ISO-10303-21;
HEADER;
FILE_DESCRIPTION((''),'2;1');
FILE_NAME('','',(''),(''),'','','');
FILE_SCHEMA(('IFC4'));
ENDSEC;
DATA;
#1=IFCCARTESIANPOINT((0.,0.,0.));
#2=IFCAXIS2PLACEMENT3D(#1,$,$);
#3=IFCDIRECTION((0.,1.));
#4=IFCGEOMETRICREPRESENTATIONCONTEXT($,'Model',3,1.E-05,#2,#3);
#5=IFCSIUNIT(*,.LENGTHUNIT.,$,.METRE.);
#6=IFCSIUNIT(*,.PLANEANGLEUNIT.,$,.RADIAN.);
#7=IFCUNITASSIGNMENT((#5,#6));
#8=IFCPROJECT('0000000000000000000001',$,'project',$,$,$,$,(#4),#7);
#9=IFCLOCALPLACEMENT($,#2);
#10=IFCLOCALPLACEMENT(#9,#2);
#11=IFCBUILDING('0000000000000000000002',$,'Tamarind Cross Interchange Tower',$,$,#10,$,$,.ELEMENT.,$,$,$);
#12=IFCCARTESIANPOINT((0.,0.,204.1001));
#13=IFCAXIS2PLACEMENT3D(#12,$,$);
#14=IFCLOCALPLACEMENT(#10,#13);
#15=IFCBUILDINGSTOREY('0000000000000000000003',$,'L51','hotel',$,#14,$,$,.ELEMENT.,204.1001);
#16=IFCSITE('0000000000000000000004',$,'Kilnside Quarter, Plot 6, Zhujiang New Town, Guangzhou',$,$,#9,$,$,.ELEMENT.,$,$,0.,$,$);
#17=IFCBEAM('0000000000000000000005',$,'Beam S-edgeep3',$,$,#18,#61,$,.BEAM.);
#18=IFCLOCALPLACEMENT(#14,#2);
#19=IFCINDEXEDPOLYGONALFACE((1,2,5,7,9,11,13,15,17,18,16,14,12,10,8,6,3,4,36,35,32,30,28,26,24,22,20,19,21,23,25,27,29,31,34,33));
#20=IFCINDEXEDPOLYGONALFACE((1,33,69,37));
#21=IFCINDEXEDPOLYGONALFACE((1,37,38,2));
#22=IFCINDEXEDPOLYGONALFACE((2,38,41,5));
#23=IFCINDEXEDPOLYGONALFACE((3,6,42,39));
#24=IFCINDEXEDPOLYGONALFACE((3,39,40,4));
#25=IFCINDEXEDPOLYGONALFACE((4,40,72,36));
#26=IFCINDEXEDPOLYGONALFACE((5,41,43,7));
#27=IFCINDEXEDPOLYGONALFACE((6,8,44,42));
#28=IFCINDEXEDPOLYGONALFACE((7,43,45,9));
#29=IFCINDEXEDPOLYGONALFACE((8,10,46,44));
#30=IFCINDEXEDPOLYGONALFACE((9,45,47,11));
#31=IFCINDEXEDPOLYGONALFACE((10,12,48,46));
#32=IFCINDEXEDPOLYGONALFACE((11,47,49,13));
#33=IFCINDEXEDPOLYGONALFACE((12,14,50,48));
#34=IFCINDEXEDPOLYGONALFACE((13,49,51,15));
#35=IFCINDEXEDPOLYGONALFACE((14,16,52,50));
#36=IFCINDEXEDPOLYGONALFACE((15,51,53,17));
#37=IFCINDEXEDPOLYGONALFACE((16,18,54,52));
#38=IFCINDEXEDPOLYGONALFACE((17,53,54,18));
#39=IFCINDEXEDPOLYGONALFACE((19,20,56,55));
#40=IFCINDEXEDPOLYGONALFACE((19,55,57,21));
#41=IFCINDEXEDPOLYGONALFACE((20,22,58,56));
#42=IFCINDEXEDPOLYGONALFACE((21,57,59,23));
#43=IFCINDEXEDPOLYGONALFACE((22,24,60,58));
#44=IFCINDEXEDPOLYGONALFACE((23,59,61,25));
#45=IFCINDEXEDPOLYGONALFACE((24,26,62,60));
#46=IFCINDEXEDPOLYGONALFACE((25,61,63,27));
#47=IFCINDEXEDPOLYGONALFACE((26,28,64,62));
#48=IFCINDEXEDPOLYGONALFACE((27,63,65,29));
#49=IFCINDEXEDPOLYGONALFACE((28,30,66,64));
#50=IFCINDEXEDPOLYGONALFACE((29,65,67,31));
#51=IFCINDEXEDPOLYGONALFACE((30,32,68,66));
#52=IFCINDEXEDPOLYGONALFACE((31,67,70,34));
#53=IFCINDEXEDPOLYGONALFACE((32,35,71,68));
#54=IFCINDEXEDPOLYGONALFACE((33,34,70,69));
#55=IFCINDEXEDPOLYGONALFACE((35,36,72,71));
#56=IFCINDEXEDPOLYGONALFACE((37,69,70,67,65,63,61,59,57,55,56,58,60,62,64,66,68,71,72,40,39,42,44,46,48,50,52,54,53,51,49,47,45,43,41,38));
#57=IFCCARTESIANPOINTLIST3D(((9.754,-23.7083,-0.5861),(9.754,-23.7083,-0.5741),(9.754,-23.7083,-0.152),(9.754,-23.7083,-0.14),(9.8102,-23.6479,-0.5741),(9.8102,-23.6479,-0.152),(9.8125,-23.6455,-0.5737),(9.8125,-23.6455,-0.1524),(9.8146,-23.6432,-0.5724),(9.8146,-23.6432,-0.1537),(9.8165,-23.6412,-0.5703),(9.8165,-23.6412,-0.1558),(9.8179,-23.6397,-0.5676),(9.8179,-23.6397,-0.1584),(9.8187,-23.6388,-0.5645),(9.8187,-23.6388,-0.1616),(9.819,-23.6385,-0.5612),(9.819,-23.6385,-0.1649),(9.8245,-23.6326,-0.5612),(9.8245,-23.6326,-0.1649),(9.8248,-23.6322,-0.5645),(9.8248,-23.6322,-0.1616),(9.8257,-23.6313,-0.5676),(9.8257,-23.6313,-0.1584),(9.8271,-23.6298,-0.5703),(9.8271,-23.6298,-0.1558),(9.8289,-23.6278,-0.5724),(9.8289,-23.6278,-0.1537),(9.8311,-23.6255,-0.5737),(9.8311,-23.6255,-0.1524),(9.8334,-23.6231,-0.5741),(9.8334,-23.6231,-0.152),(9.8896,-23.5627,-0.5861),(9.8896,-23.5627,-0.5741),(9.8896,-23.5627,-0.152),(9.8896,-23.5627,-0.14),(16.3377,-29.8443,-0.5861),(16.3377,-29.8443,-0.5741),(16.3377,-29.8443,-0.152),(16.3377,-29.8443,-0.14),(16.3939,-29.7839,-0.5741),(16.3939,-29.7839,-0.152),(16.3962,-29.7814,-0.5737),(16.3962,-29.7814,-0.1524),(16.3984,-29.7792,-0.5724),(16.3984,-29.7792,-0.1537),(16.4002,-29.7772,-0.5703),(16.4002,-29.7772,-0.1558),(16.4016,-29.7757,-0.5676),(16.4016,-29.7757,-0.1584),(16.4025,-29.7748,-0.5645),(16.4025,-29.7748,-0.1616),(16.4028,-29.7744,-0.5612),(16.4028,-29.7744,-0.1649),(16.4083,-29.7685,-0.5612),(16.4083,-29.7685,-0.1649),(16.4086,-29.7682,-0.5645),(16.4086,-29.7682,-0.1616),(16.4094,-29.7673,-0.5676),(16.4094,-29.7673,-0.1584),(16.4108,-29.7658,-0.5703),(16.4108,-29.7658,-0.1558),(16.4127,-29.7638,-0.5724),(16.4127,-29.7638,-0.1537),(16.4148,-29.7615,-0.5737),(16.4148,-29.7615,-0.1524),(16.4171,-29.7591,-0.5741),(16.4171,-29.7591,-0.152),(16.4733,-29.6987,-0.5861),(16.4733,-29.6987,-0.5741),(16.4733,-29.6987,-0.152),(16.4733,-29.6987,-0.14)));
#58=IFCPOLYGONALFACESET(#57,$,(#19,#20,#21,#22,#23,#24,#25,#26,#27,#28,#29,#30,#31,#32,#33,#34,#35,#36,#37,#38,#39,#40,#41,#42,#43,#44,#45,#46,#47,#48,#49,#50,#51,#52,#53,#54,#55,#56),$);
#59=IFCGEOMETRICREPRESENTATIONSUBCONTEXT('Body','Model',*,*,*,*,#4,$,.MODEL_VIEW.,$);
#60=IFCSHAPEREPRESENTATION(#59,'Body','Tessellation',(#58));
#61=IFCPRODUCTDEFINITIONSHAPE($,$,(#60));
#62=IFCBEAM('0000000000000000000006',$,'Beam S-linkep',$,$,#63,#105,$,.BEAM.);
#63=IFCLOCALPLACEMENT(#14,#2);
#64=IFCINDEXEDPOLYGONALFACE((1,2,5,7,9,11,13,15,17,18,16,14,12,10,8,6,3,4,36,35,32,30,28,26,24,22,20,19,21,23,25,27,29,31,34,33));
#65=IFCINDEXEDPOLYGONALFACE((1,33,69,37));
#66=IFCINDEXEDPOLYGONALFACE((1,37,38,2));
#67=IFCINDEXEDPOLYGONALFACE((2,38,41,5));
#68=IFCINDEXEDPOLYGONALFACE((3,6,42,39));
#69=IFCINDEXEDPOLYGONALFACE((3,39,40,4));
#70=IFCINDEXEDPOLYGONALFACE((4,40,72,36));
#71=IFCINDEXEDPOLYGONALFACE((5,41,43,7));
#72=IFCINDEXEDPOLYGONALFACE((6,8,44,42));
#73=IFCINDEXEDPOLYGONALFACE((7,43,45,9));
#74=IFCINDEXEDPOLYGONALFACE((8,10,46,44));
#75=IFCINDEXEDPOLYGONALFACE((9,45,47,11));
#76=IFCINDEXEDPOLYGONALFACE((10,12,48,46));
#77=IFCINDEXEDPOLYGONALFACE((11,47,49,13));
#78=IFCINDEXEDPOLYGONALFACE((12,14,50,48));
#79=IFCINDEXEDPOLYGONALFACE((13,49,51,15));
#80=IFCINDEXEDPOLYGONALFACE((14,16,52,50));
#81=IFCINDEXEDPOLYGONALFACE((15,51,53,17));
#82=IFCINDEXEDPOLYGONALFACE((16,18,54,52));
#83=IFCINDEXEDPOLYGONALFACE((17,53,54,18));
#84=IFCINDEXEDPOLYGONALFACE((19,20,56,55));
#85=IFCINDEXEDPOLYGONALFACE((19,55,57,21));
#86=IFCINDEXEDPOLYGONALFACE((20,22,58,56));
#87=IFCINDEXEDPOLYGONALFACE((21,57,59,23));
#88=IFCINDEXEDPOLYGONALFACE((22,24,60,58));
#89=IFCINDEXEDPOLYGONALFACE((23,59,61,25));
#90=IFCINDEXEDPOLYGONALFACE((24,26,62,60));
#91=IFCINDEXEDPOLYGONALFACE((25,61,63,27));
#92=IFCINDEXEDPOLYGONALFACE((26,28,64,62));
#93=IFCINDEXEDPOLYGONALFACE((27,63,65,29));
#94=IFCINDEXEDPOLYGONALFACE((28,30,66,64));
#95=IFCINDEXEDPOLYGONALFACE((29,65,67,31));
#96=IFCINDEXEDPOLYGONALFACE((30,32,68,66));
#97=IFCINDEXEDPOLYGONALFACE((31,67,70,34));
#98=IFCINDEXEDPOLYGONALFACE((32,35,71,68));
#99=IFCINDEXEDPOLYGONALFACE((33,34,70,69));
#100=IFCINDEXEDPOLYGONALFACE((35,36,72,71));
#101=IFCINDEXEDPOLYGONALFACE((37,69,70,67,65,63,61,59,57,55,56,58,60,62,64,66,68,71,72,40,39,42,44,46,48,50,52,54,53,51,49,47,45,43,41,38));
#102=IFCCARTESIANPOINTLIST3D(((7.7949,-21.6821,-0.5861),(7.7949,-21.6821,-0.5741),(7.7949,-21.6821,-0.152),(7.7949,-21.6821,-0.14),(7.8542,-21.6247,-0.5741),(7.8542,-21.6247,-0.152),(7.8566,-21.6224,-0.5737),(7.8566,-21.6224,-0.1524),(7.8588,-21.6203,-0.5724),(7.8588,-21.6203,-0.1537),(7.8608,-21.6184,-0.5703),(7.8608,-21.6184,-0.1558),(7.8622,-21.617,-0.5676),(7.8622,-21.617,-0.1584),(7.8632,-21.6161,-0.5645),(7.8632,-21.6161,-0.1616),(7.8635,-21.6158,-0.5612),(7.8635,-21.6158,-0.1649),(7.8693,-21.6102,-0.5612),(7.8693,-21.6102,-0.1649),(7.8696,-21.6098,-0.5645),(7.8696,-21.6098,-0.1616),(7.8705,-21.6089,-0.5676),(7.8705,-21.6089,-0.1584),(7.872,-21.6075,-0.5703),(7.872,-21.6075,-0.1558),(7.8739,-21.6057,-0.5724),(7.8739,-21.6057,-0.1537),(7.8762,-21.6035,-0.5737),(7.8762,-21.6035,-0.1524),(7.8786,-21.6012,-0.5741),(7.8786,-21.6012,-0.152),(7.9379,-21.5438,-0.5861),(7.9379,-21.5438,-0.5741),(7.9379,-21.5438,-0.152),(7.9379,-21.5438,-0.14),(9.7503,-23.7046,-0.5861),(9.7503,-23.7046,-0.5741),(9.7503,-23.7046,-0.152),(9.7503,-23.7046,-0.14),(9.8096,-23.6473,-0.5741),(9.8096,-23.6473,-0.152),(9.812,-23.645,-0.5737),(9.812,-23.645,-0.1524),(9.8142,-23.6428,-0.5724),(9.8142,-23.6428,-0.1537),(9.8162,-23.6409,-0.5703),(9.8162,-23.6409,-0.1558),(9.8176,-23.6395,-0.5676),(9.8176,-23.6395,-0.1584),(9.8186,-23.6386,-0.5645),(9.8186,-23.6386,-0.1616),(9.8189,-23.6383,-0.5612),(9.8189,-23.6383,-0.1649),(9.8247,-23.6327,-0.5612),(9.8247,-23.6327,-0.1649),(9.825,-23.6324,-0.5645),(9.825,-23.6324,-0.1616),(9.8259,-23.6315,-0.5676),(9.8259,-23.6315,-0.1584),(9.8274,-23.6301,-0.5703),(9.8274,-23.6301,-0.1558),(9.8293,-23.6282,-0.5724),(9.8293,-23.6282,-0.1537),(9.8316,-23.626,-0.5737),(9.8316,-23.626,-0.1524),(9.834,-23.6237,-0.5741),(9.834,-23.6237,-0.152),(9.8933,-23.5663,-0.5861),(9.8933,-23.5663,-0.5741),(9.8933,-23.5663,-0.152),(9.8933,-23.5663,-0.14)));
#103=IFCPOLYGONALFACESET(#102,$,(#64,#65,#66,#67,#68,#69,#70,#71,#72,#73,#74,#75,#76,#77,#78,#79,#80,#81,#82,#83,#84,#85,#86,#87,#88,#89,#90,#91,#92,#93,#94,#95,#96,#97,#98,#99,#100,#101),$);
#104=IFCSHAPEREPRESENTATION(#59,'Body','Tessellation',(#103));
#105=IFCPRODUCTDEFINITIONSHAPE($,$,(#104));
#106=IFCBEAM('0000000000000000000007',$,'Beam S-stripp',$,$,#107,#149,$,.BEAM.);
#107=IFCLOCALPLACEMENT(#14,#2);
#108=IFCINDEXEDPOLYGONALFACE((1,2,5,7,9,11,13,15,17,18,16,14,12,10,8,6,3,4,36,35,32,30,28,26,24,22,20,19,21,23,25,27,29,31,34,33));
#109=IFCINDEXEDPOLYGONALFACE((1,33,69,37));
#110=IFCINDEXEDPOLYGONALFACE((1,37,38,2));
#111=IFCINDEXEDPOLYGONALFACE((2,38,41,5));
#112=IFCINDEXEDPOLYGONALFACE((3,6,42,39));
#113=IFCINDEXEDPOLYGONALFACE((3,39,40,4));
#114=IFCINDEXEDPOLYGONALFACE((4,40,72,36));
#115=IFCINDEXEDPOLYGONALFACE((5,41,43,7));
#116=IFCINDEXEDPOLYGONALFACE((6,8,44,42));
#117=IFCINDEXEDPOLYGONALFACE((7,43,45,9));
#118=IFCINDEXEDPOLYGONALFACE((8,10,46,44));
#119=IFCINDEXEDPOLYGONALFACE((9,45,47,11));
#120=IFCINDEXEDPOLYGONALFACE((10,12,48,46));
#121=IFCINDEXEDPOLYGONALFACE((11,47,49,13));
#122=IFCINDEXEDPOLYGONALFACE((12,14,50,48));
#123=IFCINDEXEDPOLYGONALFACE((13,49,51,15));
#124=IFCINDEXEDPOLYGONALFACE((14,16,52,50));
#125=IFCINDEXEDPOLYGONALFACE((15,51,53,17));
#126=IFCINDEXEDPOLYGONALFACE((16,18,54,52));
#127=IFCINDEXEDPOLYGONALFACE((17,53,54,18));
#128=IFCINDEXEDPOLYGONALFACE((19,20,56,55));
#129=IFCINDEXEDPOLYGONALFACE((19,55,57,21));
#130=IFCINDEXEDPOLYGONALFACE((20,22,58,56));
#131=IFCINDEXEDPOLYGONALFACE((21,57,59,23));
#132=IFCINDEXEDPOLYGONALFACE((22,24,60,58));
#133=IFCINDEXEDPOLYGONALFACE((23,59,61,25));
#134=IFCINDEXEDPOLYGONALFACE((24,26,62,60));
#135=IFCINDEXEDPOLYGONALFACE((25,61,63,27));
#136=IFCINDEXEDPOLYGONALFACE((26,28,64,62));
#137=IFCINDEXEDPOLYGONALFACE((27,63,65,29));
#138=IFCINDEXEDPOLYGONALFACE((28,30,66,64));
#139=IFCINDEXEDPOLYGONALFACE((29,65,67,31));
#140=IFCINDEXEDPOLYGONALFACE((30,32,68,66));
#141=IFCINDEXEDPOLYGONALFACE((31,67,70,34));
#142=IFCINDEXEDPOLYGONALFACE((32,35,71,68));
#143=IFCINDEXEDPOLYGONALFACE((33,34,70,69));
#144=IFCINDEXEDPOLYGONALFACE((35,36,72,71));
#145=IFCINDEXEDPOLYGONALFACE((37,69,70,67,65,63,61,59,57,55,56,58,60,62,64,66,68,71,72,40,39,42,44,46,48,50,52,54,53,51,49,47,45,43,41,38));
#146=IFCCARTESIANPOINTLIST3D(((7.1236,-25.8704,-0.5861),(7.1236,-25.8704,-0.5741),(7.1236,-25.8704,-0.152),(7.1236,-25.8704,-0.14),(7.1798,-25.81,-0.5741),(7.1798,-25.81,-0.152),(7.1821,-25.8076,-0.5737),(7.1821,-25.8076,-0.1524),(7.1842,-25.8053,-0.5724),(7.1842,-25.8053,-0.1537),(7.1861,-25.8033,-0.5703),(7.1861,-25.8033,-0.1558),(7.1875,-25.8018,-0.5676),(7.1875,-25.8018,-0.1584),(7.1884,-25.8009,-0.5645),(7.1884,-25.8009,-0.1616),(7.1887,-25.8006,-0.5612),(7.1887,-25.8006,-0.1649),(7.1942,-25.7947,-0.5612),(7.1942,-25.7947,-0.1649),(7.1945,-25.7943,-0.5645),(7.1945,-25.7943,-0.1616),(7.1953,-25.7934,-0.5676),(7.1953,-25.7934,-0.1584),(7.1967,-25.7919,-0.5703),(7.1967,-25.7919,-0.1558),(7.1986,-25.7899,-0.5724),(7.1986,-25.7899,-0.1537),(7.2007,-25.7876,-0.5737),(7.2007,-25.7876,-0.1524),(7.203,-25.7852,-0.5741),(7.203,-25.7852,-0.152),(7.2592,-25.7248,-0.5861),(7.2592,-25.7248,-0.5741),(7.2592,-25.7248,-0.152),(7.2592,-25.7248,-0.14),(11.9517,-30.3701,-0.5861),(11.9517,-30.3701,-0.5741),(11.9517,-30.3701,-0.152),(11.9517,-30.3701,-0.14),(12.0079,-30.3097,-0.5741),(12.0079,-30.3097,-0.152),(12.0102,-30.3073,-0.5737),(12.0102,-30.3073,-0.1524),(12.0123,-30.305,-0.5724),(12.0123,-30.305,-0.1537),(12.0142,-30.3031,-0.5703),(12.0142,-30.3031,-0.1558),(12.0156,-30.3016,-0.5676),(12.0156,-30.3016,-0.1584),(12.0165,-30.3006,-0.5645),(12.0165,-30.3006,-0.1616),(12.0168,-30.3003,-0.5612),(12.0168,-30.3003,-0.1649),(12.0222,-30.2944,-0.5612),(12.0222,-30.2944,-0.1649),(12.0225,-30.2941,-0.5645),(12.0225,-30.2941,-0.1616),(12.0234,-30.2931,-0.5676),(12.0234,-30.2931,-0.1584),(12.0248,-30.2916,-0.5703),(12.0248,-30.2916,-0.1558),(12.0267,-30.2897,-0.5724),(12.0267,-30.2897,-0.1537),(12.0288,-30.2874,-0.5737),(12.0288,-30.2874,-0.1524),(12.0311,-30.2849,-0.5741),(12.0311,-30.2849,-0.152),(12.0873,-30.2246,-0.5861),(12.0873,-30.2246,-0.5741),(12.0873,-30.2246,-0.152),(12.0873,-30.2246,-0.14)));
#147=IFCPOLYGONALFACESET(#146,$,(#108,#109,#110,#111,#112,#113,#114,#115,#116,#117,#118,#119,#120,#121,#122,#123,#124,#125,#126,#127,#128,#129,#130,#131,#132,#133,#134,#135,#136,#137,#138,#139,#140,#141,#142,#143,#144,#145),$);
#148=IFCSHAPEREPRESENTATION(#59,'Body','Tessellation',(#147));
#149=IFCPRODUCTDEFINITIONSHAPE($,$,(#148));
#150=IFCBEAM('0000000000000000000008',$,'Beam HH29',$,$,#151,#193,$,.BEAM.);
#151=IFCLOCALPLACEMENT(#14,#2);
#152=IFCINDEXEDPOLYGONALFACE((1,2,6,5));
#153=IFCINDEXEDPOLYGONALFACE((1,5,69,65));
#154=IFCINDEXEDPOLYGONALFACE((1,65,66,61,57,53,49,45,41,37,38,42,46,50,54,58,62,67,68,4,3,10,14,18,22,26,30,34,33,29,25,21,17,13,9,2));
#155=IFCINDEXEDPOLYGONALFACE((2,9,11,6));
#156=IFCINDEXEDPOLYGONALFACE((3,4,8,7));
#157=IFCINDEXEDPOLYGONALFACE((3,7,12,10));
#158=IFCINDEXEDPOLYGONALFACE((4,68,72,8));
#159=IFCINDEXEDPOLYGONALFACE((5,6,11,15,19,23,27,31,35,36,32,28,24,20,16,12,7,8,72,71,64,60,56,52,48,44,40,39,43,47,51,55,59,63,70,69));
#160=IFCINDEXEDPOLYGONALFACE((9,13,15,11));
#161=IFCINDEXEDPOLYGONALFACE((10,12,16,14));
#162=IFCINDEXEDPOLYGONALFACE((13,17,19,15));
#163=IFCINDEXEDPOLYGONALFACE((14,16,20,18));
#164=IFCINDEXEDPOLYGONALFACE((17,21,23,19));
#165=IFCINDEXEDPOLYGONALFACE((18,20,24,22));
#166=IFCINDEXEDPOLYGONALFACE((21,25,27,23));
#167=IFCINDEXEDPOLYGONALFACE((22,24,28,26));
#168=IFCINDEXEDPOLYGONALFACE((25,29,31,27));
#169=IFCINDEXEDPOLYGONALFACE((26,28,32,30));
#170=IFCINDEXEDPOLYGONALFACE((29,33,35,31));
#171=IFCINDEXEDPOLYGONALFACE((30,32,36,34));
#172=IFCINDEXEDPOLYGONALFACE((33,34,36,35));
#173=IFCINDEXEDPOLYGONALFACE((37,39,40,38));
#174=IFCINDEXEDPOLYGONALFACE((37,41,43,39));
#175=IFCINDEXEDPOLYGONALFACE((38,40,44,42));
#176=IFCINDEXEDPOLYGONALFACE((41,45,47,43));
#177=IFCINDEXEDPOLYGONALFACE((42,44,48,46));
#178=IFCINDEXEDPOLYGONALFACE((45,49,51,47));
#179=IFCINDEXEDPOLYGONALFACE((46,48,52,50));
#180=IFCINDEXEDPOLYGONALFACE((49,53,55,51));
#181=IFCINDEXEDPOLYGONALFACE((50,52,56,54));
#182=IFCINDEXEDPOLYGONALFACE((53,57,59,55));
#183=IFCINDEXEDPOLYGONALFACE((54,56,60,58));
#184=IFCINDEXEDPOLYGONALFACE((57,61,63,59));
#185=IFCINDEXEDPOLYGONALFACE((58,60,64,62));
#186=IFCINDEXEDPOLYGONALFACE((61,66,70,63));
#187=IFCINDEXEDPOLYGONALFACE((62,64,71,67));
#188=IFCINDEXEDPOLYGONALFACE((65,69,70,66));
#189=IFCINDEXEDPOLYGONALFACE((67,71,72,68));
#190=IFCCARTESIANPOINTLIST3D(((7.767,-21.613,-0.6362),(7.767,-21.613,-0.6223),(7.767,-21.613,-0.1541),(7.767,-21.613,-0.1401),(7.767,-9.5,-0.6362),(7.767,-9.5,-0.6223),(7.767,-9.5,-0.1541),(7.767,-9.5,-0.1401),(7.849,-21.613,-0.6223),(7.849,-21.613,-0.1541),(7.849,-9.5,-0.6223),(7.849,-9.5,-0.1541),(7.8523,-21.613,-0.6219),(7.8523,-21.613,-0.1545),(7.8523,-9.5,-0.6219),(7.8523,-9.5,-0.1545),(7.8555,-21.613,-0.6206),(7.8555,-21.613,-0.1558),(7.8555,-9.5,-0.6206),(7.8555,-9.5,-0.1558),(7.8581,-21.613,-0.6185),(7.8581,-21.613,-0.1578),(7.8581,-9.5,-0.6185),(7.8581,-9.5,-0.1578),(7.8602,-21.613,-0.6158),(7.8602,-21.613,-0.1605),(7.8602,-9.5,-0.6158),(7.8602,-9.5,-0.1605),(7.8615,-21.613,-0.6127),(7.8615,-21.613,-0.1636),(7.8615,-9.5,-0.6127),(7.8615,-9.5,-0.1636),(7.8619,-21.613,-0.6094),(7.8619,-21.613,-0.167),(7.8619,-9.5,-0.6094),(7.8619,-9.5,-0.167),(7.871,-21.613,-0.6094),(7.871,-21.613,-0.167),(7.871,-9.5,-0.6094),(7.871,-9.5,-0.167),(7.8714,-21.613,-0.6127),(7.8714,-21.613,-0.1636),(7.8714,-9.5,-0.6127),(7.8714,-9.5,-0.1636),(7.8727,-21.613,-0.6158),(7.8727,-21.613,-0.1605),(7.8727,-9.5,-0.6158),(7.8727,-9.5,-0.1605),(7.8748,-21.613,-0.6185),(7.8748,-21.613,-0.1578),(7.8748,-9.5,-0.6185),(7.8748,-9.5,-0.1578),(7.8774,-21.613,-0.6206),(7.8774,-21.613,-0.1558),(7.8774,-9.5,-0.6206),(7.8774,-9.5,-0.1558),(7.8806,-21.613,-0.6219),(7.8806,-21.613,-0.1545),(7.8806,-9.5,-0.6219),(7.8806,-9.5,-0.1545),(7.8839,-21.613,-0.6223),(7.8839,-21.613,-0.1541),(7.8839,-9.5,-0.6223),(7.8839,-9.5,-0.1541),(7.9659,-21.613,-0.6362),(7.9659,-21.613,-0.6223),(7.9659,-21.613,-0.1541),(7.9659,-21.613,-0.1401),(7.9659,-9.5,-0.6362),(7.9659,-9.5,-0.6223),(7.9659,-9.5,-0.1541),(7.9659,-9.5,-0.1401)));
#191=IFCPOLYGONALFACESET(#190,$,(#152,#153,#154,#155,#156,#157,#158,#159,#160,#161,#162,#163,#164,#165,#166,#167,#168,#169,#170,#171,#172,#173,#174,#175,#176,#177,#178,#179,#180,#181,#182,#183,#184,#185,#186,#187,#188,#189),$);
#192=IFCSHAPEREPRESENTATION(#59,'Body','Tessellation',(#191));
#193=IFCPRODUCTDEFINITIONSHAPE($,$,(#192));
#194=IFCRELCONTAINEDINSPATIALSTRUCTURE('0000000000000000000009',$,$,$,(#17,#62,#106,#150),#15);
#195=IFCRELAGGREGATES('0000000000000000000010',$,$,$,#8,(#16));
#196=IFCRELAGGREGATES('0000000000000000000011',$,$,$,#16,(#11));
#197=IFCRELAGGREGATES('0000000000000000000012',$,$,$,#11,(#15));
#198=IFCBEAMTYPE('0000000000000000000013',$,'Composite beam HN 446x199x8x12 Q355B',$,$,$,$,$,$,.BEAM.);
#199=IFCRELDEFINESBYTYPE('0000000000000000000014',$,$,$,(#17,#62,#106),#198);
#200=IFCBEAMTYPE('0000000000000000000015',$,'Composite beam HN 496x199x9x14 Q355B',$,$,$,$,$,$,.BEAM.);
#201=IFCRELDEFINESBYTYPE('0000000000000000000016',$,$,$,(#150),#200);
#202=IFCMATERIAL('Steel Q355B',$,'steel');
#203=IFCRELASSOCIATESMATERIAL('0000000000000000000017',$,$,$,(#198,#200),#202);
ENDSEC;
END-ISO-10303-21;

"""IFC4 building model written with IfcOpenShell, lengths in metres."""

from ifc_helpers import new_model, si_unit, direction, frame, origin, origin_2d, place, context, subcontext, project, spatial, i_section, extrude, material, material_profile, profile_set, type_object, element, save


model = new_model("IFC4")

# Units and contexts
model_context = context("Model", 3, precision=1e-05, world=origin(), true_north=direction((0.0, 1.0)))
body_context = subcontext(model_context, "Body", "Model", "MODEL_VIEW")
ifc_project = project(units=[si_unit("LENGTHUNIT", "METRE"), si_unit("PLANEANGLEUNIT", "RADIAN")], contexts=[model_context])

# Site, building, storey
site_placement = place(None, origin())
site = spatial("IfcSite", under=ifc_project, at=site_placement, Name="Kilnside Quarter, Plot 6, Zhujiang New Town, Guangzhou", CompositionType="ELEMENT", RefElevation=0.0)
building_placement = place(site_placement, origin())
building = spatial("IfcBuilding", under=site, at=building_placement, Name="Tamarind Cross Interchange Tower", CompositionType="ELEMENT")
storey_placement = place(building_placement, frame((0.0, 0.0, 204.1001)))
storey = spatial("IfcBuildingStorey", under=building, at=storey_placement, Name="L51", Description="hotel", CompositionType="ELEMENT", Elevation=204.1001)

# Beams
ifc_material_1 = material(Name="Steel Q355B", Category="steel")
ifc_material_profile_1 = material_profile(ifc_material_1, i_section(OverallWidth=0.199, OverallDepth=0.446, WebThickness=0.0081, FlangeThickness=0.012, FilletRadius=0.0129, at=origin_2d()), Name="HN 446x199x8x12")
ifc_profile_set_1 = profile_set([ifc_material_profile_1], Name="Steel Q355B")
beam_type_1 = type_object("IfcBeamType", Name="Composite beam HN 446x199x8x12 Q355B", PredefinedType="BEAM", material=ifc_profile_set_1)
beam_1_placement = place(storey_placement, frame((16.4055, -29.7715, -0.363), z_axis=(-0.731545, 0.681793, 0.0), x_axis=(-0.681793, -0.731545, 0.0)))
element("IfcBeam", 1, at=beam_1_placement, inside=storey, type_object=beam_type_1, Name="Beam S-edgeep3", PredefinedType="BEAM", context=body_context, shape_type="SweptSolid", body=[
    extrude(i_section(OverallWidth=0.199, OverallDepth=0.446, WebThickness=0.0081, FlangeThickness=0.012, FilletRadius=0.0129, at=origin_2d()), origin(), (0.0, 0.0, 1.0), 8.9998),
])
beam_2_placement = place(storey_placement, frame((9.8218, -23.6355, -0.363), z_axis=(-0.695073, 0.718939, 0.0), x_axis=(-0.718939, -0.695073, 0.0)))
element("IfcBeam", 2, at=beam_2_placement, inside=storey, type_object=beam_type_1, Name="Beam S-linkep", PredefinedType="BEAM", context=body_context, shape_type="SweptSolid", body=[
    extrude(i_section(OverallWidth=0.199, OverallDepth=0.446, WebThickness=0.0081, FlangeThickness=0.012, FilletRadius=0.0129, at=origin_2d()), origin(), (0.0, 0.0, 1.0), 2.8132),
])
beam_3_placement = place(storey_placement, frame((7.1914, -25.7976, -0.363), z_axis=(0.731546, -0.681792, 0.0), x_axis=(0.681792, 0.731546, 0.0)))
element("IfcBeam", 3, at=beam_3_placement, inside=storey, type_object=beam_type_1, Name="Beam S-stripp", PredefinedType="BEAM", context=body_context, shape_type="SweptSolid", body=[
    extrude(i_section(OverallWidth=0.199, OverallDepth=0.446, WebThickness=0.0081, FlangeThickness=0.012, FilletRadius=0.0129, at=origin_2d()), origin(), (0.0, 0.0, 1.0), 6.5999),
])
ifc_material_profile_2 = material_profile(ifc_material_1, i_section(OverallWidth=0.199, OverallDepth=0.4961, WebThickness=0.009, FlangeThickness=0.0139, FilletRadius=0.0129, at=origin_2d()), Name="HN 496x199x9x14")
ifc_profile_set_2 = profile_set([ifc_material_profile_2], Name="Steel Q355B")
beam_type_2 = type_object("IfcBeamType", Name="Composite beam HN 496x199x9x14 Q355B", PredefinedType="BEAM", material=ifc_profile_set_2)
beam_4_placement = place(storey_placement, frame((7.8665, -21.613, -0.3882), z_axis=(0.0, 1.0, 0.0), x_axis=(-1.0, 0.0, 0.0)))
element("IfcBeam", 4, at=beam_4_placement, inside=storey, type_object=beam_type_2, Name="Beam HH29", PredefinedType="BEAM", context=body_context, shape_type="SweptSolid", body=[
    extrude(i_section(OverallWidth=0.199, OverallDepth=0.4961, WebThickness=0.009, FlangeThickness=0.0139, FilletRadius=0.0129, at=origin_2d()), origin(), (0.0, 0.0, 1.0), 12.113),
])

save(model, "model.ifc")
